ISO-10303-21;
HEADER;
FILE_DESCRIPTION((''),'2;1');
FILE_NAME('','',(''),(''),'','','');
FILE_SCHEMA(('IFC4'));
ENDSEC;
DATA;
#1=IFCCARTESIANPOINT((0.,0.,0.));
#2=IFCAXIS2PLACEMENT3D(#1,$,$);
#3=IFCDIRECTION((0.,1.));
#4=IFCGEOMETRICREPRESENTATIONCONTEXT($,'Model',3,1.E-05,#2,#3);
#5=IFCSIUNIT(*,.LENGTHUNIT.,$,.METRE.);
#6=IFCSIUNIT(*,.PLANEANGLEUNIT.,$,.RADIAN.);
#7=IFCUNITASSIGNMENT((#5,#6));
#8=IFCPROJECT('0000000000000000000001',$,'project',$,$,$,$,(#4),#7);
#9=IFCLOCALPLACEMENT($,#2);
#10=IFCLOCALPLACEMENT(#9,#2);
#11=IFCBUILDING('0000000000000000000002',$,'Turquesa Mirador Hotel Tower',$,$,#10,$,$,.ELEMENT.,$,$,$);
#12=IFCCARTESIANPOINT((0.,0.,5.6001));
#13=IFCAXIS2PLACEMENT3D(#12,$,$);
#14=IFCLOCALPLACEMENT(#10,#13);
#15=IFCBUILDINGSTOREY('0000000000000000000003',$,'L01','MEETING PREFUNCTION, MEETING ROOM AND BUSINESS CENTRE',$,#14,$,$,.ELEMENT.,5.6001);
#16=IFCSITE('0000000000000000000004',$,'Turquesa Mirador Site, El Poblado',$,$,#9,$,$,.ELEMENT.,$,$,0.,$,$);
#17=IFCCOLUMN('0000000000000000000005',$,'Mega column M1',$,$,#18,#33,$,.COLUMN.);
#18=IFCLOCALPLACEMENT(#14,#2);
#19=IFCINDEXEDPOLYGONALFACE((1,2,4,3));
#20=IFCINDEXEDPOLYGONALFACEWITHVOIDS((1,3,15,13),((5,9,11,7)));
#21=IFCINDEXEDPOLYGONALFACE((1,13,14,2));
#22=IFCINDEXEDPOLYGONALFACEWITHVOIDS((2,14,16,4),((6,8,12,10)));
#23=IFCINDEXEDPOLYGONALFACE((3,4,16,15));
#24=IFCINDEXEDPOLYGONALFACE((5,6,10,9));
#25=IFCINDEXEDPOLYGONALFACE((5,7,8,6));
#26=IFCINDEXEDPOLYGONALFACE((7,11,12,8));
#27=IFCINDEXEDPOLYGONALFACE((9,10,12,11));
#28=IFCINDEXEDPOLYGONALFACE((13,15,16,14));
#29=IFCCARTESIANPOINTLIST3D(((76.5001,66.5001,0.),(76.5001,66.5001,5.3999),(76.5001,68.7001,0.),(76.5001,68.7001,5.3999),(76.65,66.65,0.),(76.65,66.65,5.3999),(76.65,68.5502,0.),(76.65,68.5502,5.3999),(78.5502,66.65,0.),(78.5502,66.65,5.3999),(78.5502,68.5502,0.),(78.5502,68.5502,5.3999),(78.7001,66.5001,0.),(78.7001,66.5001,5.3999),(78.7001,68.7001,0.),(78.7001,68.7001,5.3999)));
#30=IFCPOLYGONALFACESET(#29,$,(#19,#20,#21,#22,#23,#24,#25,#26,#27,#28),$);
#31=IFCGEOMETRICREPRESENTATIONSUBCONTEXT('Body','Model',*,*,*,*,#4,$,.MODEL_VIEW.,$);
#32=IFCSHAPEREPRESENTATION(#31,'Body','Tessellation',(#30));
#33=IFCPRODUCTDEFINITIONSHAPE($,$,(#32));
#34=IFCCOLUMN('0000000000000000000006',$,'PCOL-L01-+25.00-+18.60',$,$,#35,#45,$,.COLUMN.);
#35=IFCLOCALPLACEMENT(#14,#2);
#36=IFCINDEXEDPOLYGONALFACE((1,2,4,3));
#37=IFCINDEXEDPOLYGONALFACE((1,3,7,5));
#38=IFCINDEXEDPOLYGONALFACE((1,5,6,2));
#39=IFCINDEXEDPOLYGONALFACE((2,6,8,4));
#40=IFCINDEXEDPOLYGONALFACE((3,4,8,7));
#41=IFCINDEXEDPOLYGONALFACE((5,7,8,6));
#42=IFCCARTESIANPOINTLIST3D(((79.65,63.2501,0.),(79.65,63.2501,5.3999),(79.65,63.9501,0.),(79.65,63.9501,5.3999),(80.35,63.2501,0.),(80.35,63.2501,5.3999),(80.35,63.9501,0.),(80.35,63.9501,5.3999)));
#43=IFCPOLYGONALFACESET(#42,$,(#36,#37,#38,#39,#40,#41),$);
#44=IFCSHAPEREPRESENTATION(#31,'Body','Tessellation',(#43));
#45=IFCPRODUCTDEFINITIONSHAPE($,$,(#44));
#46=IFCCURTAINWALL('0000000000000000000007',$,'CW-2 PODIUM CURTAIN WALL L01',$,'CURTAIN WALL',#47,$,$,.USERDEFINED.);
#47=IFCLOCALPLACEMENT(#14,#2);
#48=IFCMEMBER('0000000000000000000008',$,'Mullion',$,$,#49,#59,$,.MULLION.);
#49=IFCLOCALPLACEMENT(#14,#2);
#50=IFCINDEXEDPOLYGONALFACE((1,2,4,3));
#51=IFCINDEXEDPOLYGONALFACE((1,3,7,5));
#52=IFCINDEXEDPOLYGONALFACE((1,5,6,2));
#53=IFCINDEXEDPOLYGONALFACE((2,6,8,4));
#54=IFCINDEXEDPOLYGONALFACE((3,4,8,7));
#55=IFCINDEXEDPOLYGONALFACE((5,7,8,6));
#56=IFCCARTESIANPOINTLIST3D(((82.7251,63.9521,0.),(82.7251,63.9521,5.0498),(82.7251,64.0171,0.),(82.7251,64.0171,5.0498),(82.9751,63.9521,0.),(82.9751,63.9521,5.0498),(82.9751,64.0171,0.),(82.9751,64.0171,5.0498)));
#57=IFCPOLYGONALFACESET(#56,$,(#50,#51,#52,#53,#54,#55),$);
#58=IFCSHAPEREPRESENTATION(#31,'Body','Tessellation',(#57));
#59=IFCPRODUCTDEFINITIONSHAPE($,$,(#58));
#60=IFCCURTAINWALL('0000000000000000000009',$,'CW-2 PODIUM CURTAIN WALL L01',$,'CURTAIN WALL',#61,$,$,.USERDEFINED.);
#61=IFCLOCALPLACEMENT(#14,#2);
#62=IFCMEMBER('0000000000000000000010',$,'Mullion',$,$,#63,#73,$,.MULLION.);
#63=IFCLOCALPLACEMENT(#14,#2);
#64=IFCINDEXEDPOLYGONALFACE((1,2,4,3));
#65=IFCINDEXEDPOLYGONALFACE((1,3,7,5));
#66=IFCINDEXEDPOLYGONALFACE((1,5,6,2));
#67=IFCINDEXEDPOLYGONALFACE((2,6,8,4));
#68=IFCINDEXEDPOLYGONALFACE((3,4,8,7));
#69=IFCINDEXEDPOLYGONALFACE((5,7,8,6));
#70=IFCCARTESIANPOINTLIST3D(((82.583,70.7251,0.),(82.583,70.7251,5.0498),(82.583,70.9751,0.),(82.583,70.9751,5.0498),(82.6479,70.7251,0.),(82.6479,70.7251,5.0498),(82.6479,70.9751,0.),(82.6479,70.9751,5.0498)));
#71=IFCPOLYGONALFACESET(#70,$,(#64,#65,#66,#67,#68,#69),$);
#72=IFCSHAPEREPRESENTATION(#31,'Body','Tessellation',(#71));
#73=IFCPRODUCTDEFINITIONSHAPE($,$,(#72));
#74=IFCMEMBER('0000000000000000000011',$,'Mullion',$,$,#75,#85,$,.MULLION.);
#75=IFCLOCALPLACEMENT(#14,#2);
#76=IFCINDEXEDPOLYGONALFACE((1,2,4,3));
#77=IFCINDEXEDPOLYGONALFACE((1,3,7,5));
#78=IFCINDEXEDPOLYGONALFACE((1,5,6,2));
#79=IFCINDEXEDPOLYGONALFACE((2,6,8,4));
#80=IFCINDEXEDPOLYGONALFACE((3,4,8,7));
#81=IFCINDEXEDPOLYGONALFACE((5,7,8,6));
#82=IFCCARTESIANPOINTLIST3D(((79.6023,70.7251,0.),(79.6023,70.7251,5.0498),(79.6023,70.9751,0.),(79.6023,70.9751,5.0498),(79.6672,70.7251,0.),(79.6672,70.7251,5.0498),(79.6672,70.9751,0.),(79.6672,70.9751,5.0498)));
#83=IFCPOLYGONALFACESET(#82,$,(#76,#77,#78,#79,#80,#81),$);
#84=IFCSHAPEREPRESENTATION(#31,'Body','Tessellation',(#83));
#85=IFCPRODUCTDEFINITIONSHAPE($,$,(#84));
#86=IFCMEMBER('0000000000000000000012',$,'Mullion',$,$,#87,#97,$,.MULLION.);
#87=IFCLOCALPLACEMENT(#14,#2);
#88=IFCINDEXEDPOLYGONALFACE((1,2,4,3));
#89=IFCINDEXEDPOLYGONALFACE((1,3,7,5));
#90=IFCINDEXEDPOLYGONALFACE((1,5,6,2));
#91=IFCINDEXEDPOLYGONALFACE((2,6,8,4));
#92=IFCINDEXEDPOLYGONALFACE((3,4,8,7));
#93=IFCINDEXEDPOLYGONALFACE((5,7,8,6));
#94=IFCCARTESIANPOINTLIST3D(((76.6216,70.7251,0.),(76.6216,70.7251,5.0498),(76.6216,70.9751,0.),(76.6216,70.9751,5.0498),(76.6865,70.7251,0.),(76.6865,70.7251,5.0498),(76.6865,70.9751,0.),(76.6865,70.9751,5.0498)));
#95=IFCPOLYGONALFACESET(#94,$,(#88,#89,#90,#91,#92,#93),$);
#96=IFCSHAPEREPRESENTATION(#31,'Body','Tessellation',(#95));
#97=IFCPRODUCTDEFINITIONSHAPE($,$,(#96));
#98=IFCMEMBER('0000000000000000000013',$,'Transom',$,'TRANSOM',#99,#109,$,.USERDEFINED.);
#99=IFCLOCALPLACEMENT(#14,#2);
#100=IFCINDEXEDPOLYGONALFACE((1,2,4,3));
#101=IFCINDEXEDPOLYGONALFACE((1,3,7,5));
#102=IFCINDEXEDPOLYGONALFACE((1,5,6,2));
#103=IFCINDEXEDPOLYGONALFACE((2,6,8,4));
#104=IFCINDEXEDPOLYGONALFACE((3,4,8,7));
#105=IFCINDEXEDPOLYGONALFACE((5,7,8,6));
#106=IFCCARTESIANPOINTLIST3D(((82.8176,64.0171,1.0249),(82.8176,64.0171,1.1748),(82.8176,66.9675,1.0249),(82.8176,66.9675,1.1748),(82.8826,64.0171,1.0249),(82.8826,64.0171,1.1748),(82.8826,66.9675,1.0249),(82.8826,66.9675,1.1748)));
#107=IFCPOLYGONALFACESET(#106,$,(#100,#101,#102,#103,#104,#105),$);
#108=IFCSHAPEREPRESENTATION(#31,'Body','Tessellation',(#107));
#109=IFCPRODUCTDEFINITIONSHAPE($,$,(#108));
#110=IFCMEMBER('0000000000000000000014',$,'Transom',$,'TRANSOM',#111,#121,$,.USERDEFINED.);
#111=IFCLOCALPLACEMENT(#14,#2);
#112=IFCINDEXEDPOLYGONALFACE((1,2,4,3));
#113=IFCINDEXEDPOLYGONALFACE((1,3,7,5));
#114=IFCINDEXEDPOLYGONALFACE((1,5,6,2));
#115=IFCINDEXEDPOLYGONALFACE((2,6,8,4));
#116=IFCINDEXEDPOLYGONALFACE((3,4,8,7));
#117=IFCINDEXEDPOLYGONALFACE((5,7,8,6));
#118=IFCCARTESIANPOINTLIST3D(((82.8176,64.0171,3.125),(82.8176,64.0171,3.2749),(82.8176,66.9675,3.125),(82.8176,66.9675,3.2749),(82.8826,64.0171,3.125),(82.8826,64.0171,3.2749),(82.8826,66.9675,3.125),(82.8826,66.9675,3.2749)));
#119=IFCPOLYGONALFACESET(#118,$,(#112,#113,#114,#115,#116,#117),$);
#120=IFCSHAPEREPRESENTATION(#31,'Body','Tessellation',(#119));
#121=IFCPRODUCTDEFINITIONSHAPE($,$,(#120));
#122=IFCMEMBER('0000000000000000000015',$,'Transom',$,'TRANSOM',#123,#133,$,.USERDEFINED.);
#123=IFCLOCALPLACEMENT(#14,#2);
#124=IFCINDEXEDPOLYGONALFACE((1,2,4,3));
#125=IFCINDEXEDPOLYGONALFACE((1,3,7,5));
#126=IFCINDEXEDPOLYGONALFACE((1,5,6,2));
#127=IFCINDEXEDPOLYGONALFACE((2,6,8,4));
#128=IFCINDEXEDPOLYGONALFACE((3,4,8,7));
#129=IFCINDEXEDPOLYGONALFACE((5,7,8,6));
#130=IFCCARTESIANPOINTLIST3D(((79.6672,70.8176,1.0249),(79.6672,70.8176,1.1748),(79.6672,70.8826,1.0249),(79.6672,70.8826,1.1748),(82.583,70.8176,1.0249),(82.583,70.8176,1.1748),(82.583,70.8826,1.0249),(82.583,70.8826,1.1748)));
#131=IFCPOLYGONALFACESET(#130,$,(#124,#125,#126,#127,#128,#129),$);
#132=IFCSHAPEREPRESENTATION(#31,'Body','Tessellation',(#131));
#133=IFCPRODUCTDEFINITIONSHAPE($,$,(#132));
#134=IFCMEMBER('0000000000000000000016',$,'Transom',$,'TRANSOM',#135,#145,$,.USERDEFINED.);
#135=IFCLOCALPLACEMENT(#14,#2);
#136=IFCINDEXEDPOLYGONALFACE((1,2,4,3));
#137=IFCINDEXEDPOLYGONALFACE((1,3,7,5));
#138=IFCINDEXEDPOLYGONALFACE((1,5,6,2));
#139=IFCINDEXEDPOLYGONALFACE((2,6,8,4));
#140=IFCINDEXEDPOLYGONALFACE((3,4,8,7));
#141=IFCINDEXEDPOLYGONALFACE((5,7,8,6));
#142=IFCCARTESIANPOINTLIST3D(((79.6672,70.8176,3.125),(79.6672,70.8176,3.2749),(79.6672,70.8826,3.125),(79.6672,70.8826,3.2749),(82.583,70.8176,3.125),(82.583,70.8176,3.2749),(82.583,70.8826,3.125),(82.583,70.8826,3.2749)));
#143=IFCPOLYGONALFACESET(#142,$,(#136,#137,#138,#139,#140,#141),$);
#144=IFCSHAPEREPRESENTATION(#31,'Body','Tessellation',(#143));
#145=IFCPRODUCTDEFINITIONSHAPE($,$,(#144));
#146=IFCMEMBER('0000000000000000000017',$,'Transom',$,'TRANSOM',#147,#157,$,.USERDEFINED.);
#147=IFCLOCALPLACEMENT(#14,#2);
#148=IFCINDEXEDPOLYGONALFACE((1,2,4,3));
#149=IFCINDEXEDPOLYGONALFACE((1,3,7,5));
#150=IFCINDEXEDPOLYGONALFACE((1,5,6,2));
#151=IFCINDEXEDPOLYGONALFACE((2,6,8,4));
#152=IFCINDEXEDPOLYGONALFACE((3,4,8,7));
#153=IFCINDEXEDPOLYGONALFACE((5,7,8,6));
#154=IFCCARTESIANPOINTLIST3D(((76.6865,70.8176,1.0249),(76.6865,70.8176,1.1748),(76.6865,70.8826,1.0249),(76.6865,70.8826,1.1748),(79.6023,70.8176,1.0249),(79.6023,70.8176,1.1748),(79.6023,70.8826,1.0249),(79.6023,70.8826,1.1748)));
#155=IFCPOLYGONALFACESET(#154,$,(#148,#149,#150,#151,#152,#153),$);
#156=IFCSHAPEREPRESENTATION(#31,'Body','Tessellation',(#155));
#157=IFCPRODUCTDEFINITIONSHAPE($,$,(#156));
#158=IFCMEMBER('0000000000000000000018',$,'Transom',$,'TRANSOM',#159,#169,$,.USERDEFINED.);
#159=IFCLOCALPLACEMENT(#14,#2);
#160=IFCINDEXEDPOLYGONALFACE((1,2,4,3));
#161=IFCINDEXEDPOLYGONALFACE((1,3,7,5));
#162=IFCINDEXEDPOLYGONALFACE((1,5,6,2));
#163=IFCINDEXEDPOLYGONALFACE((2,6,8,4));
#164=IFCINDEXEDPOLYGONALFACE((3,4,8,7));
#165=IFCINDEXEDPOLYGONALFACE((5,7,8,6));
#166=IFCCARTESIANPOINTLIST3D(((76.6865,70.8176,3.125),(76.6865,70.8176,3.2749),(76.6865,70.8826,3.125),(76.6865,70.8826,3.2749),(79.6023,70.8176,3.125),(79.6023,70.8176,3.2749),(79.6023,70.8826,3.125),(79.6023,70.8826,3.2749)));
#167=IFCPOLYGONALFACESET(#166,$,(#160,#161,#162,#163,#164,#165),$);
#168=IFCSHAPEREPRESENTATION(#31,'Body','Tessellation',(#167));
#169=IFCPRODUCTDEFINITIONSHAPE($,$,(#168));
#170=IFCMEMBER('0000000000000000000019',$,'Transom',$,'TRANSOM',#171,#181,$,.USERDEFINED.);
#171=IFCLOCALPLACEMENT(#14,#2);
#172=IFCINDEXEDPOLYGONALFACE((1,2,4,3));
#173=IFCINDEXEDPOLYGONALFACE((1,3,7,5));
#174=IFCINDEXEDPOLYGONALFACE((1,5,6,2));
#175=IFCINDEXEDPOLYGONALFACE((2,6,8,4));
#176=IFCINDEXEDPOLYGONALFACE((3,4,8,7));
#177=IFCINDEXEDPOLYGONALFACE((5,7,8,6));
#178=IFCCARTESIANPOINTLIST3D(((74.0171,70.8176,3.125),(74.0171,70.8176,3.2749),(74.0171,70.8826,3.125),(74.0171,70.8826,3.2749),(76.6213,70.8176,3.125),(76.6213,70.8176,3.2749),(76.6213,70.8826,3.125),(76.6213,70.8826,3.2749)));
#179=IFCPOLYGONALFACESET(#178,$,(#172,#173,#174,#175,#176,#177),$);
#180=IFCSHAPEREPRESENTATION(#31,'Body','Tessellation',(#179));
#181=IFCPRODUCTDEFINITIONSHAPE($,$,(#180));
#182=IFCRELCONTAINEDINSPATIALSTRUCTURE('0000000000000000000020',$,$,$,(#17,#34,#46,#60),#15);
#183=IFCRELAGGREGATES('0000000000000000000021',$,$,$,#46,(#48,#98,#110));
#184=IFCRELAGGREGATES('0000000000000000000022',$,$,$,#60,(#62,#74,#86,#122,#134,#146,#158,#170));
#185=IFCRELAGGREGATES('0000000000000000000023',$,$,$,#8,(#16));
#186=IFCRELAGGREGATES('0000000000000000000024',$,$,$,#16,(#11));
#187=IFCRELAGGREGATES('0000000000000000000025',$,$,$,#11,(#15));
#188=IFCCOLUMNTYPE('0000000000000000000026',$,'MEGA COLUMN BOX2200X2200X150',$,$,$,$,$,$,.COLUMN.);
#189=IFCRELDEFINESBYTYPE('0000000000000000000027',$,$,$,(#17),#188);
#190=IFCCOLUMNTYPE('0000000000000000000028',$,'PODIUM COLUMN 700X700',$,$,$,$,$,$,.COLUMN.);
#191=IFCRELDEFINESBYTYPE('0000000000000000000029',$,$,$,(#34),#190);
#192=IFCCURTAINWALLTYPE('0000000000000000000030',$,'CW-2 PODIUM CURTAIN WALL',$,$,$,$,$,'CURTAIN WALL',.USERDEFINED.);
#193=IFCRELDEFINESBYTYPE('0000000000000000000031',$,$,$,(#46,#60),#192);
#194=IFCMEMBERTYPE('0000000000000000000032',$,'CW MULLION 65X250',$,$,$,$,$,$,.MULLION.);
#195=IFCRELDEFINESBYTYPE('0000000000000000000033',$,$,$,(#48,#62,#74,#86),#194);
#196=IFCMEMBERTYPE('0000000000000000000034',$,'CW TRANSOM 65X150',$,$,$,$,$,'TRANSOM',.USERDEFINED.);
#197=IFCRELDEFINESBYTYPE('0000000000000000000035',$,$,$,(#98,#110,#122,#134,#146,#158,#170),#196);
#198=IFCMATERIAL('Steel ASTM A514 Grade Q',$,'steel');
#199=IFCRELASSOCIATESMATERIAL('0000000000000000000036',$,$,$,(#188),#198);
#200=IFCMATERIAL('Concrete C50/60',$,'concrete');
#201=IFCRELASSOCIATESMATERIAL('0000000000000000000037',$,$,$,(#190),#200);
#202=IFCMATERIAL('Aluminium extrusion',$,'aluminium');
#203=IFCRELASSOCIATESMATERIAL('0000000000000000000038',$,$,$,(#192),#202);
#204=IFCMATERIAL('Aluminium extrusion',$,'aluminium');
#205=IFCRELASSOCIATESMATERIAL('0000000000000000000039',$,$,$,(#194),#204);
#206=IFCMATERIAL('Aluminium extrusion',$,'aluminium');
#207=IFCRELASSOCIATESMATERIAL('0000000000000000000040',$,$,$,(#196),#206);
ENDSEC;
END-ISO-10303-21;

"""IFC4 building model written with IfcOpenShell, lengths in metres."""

from ifc_helpers import new_model, si_unit, direction, frame, origin, origin_2d, place, context, subcontext, project, spatial, rectangle, hollow_rectangle, extrude, material, material_profile, profile_set, type_object, element, aggregate, save


model = new_model("IFC4")

# Units and contexts
model_context = context("Model", 3, precision=1e-05, world=origin(), true_north=direction((0.0, 1.0)))
body_context = subcontext(model_context, "Body", "Model", "MODEL_VIEW")
ifc_project = project(units=[si_unit("LENGTHUNIT", "METRE"), si_unit("PLANEANGLEUNIT", "RADIAN")], contexts=[model_context])

# Site, building, storey
site_placement = place(None, origin())
site = spatial("IfcSite", under=ifc_project, at=site_placement, Name="Turquesa Mirador Site, El Poblado", CompositionType="ELEMENT", RefElevation=0.0)
building_placement = place(site_placement, origin())
building = spatial("IfcBuilding", under=site, at=building_placement, Name="Turquesa Mirador Hotel Tower", CompositionType="ELEMENT")
storey_placement = place(building_placement, frame((0.0, 0.0, 5.6001)))
storey = spatial("IfcBuildingStorey", under=building, at=storey_placement, Name="L01", Description="MEETING PREFUNCTION, MEETING ROOM AND BUSINESS CENTRE", CompositionType="ELEMENT", Elevation=5.6001)

# Columns
ifc_material_1 = material(Name="Steel ASTM A514 Grade Q", Category="steel")
ifc_material_profile_1 = material_profile(ifc_material_1, hollow_rectangle(XDim=2.2, YDim=2.2, WallThickness=0.1499, at=origin_2d()), Name="BOX2200X2200X150")
ifc_profile_set_1 = profile_set([ifc_material_profile_1], Name="Steel ASTM A514 Grade Q")
column_type_1 = type_object("IfcColumnType", Name="MEGA COLUMN BOX2200X2200X150", PredefinedType="COLUMN", material=ifc_profile_set_1)
column_1_placement = place(storey_placement, frame((77.6001, 67.6001, 0.0), z_axis=(0.0, 0.0, 1.0), x_axis=(1.0, 0.0, 0.0)))
element("IfcColumn", 1, at=column_1_placement, inside=storey, type_object=column_type_1, Name="Mega column M1", PredefinedType="COLUMN", context=body_context, shape_type="SweptSolid", body=[
    extrude(hollow_rectangle(XDim=2.2, YDim=2.2, WallThickness=0.1499, at=origin_2d()), origin(), (0.0, 0.0, 1.0), 5.3999),
])
ifc_material_2 = material(Name="Concrete C50/60", Category="concrete")
ifc_material_profile_2 = material_profile(ifc_material_2, rectangle(XDim=0.7, YDim=0.7, at=origin_2d()), Name="RC 700X700")
ifc_profile_set_2 = profile_set([ifc_material_profile_2], Name="Concrete C50/60")
column_type_2 = type_object("IfcColumnType", Name="PODIUM COLUMN 700X700", PredefinedType="COLUMN", material=ifc_profile_set_2)
column_2_placement = place(storey_placement, frame((80.0, 63.6001, 0.0), z_axis=(0.0, 0.0, 1.0), x_axis=(1.0, 0.0, 0.0)))
element("IfcColumn", 2, at=column_2_placement, inside=storey, type_object=column_type_2, Name="PCOL-L01-+25.00-+18.60", PredefinedType="COLUMN", context=body_context, shape_type="SweptSolid", body=[
    extrude(rectangle(XDim=0.7, YDim=0.7, at=origin_2d()), origin(), (0.0, 0.0, 1.0), 5.3999),
])

# Curtain wall, member
ifc_material_3 = material(Name="Aluminium extrusion", Category="aluminium")
curtain_wall_type = type_object("IfcCurtainWallType", Name="CW-2 PODIUM CURTAIN WALL", ElementType="CURTAIN WALL", PredefinedType="USERDEFINED", material=ifc_material_3)
curtain_wall_1_placement = place(storey_placement, origin())
curtain_wall_1 = element("IfcCurtainWall", 3, at=curtain_wall_1_placement, inside=storey, type_object=curtain_wall_type, Name="CW-2 PODIUM CURTAIN WALL L01", ObjectType="CURTAIN WALL", PredefinedType="USERDEFINED")
ifc_material_4 = material(Name="Aluminium extrusion", Category="aluminium")
ifc_material_profile_3 = material_profile(ifc_material_4, rectangle(XDim=0.0649, YDim=0.25, at=origin_2d()), Name="MULLION 65X250")
ifc_profile_set_3 = profile_set([ifc_material_profile_3], Name="Aluminium extrusion")
member_type_1 = type_object("IfcMemberType", Name="CW MULLION 65X250", PredefinedType="MULLION", material=ifc_profile_set_3)
member_1_placement = place(storey_placement, frame((82.8501, 63.9846, 0.0), z_axis=(0.0, 0.0, 1.0), x_axis=(0.0, 1.0, 0.0)))
member_1 = element("IfcMember", 4, at=member_1_placement, type_object=member_type_1, Name="Mullion", PredefinedType="MULLION", context=body_context, shape_type="SweptSolid", body=[
    extrude(rectangle(XDim=0.0649, YDim=0.25, at=origin_2d()), origin(), (0.0, 0.0, 1.0), 5.0498),
])

# Curtain wall, members
curtain_wall_2_placement = place(storey_placement, origin())
curtain_wall_2 = element("IfcCurtainWall", 5, at=curtain_wall_2_placement, inside=storey, type_object=curtain_wall_type, Name="CW-2 PODIUM CURTAIN WALL L01", ObjectType="CURTAIN WALL", PredefinedType="USERDEFINED")
member_2_placement = place(storey_placement, frame((82.6155, 70.8501, 0.0), z_axis=(0.0, 0.0, 1.0), x_axis=(-1.0, 0.0, 0.0)))
member_2 = element("IfcMember", 6, at=member_2_placement, type_object=member_type_1, Name="Mullion", PredefinedType="MULLION", context=body_context, shape_type="SweptSolid", body=[
    extrude(rectangle(XDim=0.0649, YDim=0.25, at=origin_2d()), origin(), (0.0, 0.0, 1.0), 5.0498),
])
member_3_placement = place(storey_placement, frame((79.6348, 70.8501, 0.0), z_axis=(0.0, 0.0, 1.0), x_axis=(-1.0, 0.0, 0.0)))
member_3 = element("IfcMember", 7, at=member_3_placement, type_object=member_type_1, Name="Mullion", PredefinedType="MULLION", context=body_context, shape_type="SweptSolid", body=[
    extrude(rectangle(XDim=0.0649, YDim=0.25, at=origin_2d()), origin(), (0.0, 0.0, 1.0), 5.0498),
])
member_4_placement = place(storey_placement, frame((76.6541, 70.8501, 0.0), z_axis=(0.0, 0.0, 1.0), x_axis=(-1.0, 0.0, 0.0)))
member_4 = element("IfcMember", 8, at=member_4_placement, type_object=member_type_1, Name="Mullion", PredefinedType="MULLION", context=body_context, shape_type="SweptSolid", body=[
    extrude(rectangle(XDim=0.0649, YDim=0.25, at=origin_2d()), origin(), (0.0, 0.0, 1.0), 5.0498),
])

# Members
ifc_material_5 = material(Name="Aluminium extrusion", Category="aluminium")
ifc_material_profile_4 = material_profile(ifc_material_5, rectangle(XDim=0.0649, YDim=0.1499, at=origin_2d()), Name="TRANSOM 65X150")
ifc_profile_set_4 = profile_set([ifc_material_profile_4], Name="Aluminium extrusion")
member_type_2 = type_object("IfcMemberType", Name="CW TRANSOM 65X150", ElementType="TRANSOM", PredefinedType="USERDEFINED", material=ifc_profile_set_4)
member_5_placement = place(storey_placement, frame((82.8501, 64.0171, 1.0999), z_axis=(0.0, 1.0, 0.0), x_axis=(-1.0, 0.0, 0.0)))
member_5 = element("IfcMember", 9, at=member_5_placement, type_object=member_type_2, Name="Transom", ObjectType="TRANSOM", PredefinedType="USERDEFINED", context=body_context, shape_type="SweptSolid", body=[
    extrude(rectangle(XDim=0.0649, YDim=0.1499, at=origin_2d()), origin(), (0.0, 0.0, 1.0), 2.9504),
])
member_6_placement = place(storey_placement, frame((82.8501, 64.0171, 3.2), z_axis=(0.0, 1.0, 0.0), x_axis=(-1.0, 0.0, 0.0)))
member_6 = element("IfcMember", 10, at=member_6_placement, type_object=member_type_2, Name="Transom", ObjectType="TRANSOM", PredefinedType="USERDEFINED", context=body_context, shape_type="SweptSolid", body=[
    extrude(rectangle(XDim=0.0649, YDim=0.1499, at=origin_2d()), origin(), (0.0, 0.0, 1.0), 2.9504),
])
aggregate(curtain_wall_1, [member_1, member_5, member_6])
member_7_placement = place(storey_placement, frame((82.583, 70.8501, 1.0999), z_axis=(-1.0, 0.0, 0.0), x_axis=(0.0, -1.0, 0.0)))
member_7 = element("IfcMember", 11, at=member_7_placement, type_object=member_type_2, Name="Transom", ObjectType="TRANSOM", PredefinedType="USERDEFINED", context=body_context, shape_type="SweptSolid", body=[
    extrude(rectangle(XDim=0.0649, YDim=0.1499, at=origin_2d()), origin(), (0.0, 0.0, 1.0), 2.9158),
])
member_8_placement = place(storey_placement, frame((82.583, 70.8501, 3.2), z_axis=(-1.0, 0.0, 0.0), x_axis=(0.0, -1.0, 0.0)))
member_8 = element("IfcMember", 12, at=member_8_placement, type_object=member_type_2, Name="Transom", ObjectType="TRANSOM", PredefinedType="USERDEFINED", context=body_context, shape_type="SweptSolid", body=[
    extrude(rectangle(XDim=0.0649, YDim=0.1499, at=origin_2d()), origin(), (0.0, 0.0, 1.0), 2.9158),
])
member_9_placement = place(storey_placement, frame((79.6023, 70.8501, 1.0999), z_axis=(-1.0, 0.0, 0.0), x_axis=(0.0, -1.0, 0.0)))
member_9 = element("IfcMember", 13, at=member_9_placement, type_object=member_type_2, Name="Transom", ObjectType="TRANSOM", PredefinedType="USERDEFINED", context=body_context, shape_type="SweptSolid", body=[
    extrude(rectangle(XDim=0.0649, YDim=0.1499, at=origin_2d()), origin(), (0.0, 0.0, 1.0), 2.9158),
])
member_10_placement = place(storey_placement, frame((79.6023, 70.8501, 3.2), z_axis=(-1.0, 0.0, 0.0), x_axis=(0.0, -1.0, 0.0)))
member_10 = element("IfcMember", 14, at=member_10_placement, type_object=member_type_2, Name="Transom", ObjectType="TRANSOM", PredefinedType="USERDEFINED", context=body_context, shape_type="SweptSolid", body=[
    extrude(rectangle(XDim=0.0649, YDim=0.1499, at=origin_2d()), origin(), (0.0, 0.0, 1.0), 2.9158),
])
member_11_placement = place(storey_placement, frame((76.6213, 70.8501, 3.2), z_axis=(-1.0, 0.0, 0.0), x_axis=(0.0, -1.0, 0.0)))
member_11 = element("IfcMember", 15, at=member_11_placement, type_object=member_type_2, Name="Transom", ObjectType="TRANSOM", PredefinedType="USERDEFINED", context=body_context, shape_type="SweptSolid", body=[
    extrude(rectangle(XDim=0.0649, YDim=0.1499, at=origin_2d()), origin(), (0.0, 0.0, 1.0), 2.6042),
])

aggregate(curtain_wall_2, [member_2, member_3, member_4, member_7, member_8, member_9, member_10, member_11])

save(model, "model.ifc")
